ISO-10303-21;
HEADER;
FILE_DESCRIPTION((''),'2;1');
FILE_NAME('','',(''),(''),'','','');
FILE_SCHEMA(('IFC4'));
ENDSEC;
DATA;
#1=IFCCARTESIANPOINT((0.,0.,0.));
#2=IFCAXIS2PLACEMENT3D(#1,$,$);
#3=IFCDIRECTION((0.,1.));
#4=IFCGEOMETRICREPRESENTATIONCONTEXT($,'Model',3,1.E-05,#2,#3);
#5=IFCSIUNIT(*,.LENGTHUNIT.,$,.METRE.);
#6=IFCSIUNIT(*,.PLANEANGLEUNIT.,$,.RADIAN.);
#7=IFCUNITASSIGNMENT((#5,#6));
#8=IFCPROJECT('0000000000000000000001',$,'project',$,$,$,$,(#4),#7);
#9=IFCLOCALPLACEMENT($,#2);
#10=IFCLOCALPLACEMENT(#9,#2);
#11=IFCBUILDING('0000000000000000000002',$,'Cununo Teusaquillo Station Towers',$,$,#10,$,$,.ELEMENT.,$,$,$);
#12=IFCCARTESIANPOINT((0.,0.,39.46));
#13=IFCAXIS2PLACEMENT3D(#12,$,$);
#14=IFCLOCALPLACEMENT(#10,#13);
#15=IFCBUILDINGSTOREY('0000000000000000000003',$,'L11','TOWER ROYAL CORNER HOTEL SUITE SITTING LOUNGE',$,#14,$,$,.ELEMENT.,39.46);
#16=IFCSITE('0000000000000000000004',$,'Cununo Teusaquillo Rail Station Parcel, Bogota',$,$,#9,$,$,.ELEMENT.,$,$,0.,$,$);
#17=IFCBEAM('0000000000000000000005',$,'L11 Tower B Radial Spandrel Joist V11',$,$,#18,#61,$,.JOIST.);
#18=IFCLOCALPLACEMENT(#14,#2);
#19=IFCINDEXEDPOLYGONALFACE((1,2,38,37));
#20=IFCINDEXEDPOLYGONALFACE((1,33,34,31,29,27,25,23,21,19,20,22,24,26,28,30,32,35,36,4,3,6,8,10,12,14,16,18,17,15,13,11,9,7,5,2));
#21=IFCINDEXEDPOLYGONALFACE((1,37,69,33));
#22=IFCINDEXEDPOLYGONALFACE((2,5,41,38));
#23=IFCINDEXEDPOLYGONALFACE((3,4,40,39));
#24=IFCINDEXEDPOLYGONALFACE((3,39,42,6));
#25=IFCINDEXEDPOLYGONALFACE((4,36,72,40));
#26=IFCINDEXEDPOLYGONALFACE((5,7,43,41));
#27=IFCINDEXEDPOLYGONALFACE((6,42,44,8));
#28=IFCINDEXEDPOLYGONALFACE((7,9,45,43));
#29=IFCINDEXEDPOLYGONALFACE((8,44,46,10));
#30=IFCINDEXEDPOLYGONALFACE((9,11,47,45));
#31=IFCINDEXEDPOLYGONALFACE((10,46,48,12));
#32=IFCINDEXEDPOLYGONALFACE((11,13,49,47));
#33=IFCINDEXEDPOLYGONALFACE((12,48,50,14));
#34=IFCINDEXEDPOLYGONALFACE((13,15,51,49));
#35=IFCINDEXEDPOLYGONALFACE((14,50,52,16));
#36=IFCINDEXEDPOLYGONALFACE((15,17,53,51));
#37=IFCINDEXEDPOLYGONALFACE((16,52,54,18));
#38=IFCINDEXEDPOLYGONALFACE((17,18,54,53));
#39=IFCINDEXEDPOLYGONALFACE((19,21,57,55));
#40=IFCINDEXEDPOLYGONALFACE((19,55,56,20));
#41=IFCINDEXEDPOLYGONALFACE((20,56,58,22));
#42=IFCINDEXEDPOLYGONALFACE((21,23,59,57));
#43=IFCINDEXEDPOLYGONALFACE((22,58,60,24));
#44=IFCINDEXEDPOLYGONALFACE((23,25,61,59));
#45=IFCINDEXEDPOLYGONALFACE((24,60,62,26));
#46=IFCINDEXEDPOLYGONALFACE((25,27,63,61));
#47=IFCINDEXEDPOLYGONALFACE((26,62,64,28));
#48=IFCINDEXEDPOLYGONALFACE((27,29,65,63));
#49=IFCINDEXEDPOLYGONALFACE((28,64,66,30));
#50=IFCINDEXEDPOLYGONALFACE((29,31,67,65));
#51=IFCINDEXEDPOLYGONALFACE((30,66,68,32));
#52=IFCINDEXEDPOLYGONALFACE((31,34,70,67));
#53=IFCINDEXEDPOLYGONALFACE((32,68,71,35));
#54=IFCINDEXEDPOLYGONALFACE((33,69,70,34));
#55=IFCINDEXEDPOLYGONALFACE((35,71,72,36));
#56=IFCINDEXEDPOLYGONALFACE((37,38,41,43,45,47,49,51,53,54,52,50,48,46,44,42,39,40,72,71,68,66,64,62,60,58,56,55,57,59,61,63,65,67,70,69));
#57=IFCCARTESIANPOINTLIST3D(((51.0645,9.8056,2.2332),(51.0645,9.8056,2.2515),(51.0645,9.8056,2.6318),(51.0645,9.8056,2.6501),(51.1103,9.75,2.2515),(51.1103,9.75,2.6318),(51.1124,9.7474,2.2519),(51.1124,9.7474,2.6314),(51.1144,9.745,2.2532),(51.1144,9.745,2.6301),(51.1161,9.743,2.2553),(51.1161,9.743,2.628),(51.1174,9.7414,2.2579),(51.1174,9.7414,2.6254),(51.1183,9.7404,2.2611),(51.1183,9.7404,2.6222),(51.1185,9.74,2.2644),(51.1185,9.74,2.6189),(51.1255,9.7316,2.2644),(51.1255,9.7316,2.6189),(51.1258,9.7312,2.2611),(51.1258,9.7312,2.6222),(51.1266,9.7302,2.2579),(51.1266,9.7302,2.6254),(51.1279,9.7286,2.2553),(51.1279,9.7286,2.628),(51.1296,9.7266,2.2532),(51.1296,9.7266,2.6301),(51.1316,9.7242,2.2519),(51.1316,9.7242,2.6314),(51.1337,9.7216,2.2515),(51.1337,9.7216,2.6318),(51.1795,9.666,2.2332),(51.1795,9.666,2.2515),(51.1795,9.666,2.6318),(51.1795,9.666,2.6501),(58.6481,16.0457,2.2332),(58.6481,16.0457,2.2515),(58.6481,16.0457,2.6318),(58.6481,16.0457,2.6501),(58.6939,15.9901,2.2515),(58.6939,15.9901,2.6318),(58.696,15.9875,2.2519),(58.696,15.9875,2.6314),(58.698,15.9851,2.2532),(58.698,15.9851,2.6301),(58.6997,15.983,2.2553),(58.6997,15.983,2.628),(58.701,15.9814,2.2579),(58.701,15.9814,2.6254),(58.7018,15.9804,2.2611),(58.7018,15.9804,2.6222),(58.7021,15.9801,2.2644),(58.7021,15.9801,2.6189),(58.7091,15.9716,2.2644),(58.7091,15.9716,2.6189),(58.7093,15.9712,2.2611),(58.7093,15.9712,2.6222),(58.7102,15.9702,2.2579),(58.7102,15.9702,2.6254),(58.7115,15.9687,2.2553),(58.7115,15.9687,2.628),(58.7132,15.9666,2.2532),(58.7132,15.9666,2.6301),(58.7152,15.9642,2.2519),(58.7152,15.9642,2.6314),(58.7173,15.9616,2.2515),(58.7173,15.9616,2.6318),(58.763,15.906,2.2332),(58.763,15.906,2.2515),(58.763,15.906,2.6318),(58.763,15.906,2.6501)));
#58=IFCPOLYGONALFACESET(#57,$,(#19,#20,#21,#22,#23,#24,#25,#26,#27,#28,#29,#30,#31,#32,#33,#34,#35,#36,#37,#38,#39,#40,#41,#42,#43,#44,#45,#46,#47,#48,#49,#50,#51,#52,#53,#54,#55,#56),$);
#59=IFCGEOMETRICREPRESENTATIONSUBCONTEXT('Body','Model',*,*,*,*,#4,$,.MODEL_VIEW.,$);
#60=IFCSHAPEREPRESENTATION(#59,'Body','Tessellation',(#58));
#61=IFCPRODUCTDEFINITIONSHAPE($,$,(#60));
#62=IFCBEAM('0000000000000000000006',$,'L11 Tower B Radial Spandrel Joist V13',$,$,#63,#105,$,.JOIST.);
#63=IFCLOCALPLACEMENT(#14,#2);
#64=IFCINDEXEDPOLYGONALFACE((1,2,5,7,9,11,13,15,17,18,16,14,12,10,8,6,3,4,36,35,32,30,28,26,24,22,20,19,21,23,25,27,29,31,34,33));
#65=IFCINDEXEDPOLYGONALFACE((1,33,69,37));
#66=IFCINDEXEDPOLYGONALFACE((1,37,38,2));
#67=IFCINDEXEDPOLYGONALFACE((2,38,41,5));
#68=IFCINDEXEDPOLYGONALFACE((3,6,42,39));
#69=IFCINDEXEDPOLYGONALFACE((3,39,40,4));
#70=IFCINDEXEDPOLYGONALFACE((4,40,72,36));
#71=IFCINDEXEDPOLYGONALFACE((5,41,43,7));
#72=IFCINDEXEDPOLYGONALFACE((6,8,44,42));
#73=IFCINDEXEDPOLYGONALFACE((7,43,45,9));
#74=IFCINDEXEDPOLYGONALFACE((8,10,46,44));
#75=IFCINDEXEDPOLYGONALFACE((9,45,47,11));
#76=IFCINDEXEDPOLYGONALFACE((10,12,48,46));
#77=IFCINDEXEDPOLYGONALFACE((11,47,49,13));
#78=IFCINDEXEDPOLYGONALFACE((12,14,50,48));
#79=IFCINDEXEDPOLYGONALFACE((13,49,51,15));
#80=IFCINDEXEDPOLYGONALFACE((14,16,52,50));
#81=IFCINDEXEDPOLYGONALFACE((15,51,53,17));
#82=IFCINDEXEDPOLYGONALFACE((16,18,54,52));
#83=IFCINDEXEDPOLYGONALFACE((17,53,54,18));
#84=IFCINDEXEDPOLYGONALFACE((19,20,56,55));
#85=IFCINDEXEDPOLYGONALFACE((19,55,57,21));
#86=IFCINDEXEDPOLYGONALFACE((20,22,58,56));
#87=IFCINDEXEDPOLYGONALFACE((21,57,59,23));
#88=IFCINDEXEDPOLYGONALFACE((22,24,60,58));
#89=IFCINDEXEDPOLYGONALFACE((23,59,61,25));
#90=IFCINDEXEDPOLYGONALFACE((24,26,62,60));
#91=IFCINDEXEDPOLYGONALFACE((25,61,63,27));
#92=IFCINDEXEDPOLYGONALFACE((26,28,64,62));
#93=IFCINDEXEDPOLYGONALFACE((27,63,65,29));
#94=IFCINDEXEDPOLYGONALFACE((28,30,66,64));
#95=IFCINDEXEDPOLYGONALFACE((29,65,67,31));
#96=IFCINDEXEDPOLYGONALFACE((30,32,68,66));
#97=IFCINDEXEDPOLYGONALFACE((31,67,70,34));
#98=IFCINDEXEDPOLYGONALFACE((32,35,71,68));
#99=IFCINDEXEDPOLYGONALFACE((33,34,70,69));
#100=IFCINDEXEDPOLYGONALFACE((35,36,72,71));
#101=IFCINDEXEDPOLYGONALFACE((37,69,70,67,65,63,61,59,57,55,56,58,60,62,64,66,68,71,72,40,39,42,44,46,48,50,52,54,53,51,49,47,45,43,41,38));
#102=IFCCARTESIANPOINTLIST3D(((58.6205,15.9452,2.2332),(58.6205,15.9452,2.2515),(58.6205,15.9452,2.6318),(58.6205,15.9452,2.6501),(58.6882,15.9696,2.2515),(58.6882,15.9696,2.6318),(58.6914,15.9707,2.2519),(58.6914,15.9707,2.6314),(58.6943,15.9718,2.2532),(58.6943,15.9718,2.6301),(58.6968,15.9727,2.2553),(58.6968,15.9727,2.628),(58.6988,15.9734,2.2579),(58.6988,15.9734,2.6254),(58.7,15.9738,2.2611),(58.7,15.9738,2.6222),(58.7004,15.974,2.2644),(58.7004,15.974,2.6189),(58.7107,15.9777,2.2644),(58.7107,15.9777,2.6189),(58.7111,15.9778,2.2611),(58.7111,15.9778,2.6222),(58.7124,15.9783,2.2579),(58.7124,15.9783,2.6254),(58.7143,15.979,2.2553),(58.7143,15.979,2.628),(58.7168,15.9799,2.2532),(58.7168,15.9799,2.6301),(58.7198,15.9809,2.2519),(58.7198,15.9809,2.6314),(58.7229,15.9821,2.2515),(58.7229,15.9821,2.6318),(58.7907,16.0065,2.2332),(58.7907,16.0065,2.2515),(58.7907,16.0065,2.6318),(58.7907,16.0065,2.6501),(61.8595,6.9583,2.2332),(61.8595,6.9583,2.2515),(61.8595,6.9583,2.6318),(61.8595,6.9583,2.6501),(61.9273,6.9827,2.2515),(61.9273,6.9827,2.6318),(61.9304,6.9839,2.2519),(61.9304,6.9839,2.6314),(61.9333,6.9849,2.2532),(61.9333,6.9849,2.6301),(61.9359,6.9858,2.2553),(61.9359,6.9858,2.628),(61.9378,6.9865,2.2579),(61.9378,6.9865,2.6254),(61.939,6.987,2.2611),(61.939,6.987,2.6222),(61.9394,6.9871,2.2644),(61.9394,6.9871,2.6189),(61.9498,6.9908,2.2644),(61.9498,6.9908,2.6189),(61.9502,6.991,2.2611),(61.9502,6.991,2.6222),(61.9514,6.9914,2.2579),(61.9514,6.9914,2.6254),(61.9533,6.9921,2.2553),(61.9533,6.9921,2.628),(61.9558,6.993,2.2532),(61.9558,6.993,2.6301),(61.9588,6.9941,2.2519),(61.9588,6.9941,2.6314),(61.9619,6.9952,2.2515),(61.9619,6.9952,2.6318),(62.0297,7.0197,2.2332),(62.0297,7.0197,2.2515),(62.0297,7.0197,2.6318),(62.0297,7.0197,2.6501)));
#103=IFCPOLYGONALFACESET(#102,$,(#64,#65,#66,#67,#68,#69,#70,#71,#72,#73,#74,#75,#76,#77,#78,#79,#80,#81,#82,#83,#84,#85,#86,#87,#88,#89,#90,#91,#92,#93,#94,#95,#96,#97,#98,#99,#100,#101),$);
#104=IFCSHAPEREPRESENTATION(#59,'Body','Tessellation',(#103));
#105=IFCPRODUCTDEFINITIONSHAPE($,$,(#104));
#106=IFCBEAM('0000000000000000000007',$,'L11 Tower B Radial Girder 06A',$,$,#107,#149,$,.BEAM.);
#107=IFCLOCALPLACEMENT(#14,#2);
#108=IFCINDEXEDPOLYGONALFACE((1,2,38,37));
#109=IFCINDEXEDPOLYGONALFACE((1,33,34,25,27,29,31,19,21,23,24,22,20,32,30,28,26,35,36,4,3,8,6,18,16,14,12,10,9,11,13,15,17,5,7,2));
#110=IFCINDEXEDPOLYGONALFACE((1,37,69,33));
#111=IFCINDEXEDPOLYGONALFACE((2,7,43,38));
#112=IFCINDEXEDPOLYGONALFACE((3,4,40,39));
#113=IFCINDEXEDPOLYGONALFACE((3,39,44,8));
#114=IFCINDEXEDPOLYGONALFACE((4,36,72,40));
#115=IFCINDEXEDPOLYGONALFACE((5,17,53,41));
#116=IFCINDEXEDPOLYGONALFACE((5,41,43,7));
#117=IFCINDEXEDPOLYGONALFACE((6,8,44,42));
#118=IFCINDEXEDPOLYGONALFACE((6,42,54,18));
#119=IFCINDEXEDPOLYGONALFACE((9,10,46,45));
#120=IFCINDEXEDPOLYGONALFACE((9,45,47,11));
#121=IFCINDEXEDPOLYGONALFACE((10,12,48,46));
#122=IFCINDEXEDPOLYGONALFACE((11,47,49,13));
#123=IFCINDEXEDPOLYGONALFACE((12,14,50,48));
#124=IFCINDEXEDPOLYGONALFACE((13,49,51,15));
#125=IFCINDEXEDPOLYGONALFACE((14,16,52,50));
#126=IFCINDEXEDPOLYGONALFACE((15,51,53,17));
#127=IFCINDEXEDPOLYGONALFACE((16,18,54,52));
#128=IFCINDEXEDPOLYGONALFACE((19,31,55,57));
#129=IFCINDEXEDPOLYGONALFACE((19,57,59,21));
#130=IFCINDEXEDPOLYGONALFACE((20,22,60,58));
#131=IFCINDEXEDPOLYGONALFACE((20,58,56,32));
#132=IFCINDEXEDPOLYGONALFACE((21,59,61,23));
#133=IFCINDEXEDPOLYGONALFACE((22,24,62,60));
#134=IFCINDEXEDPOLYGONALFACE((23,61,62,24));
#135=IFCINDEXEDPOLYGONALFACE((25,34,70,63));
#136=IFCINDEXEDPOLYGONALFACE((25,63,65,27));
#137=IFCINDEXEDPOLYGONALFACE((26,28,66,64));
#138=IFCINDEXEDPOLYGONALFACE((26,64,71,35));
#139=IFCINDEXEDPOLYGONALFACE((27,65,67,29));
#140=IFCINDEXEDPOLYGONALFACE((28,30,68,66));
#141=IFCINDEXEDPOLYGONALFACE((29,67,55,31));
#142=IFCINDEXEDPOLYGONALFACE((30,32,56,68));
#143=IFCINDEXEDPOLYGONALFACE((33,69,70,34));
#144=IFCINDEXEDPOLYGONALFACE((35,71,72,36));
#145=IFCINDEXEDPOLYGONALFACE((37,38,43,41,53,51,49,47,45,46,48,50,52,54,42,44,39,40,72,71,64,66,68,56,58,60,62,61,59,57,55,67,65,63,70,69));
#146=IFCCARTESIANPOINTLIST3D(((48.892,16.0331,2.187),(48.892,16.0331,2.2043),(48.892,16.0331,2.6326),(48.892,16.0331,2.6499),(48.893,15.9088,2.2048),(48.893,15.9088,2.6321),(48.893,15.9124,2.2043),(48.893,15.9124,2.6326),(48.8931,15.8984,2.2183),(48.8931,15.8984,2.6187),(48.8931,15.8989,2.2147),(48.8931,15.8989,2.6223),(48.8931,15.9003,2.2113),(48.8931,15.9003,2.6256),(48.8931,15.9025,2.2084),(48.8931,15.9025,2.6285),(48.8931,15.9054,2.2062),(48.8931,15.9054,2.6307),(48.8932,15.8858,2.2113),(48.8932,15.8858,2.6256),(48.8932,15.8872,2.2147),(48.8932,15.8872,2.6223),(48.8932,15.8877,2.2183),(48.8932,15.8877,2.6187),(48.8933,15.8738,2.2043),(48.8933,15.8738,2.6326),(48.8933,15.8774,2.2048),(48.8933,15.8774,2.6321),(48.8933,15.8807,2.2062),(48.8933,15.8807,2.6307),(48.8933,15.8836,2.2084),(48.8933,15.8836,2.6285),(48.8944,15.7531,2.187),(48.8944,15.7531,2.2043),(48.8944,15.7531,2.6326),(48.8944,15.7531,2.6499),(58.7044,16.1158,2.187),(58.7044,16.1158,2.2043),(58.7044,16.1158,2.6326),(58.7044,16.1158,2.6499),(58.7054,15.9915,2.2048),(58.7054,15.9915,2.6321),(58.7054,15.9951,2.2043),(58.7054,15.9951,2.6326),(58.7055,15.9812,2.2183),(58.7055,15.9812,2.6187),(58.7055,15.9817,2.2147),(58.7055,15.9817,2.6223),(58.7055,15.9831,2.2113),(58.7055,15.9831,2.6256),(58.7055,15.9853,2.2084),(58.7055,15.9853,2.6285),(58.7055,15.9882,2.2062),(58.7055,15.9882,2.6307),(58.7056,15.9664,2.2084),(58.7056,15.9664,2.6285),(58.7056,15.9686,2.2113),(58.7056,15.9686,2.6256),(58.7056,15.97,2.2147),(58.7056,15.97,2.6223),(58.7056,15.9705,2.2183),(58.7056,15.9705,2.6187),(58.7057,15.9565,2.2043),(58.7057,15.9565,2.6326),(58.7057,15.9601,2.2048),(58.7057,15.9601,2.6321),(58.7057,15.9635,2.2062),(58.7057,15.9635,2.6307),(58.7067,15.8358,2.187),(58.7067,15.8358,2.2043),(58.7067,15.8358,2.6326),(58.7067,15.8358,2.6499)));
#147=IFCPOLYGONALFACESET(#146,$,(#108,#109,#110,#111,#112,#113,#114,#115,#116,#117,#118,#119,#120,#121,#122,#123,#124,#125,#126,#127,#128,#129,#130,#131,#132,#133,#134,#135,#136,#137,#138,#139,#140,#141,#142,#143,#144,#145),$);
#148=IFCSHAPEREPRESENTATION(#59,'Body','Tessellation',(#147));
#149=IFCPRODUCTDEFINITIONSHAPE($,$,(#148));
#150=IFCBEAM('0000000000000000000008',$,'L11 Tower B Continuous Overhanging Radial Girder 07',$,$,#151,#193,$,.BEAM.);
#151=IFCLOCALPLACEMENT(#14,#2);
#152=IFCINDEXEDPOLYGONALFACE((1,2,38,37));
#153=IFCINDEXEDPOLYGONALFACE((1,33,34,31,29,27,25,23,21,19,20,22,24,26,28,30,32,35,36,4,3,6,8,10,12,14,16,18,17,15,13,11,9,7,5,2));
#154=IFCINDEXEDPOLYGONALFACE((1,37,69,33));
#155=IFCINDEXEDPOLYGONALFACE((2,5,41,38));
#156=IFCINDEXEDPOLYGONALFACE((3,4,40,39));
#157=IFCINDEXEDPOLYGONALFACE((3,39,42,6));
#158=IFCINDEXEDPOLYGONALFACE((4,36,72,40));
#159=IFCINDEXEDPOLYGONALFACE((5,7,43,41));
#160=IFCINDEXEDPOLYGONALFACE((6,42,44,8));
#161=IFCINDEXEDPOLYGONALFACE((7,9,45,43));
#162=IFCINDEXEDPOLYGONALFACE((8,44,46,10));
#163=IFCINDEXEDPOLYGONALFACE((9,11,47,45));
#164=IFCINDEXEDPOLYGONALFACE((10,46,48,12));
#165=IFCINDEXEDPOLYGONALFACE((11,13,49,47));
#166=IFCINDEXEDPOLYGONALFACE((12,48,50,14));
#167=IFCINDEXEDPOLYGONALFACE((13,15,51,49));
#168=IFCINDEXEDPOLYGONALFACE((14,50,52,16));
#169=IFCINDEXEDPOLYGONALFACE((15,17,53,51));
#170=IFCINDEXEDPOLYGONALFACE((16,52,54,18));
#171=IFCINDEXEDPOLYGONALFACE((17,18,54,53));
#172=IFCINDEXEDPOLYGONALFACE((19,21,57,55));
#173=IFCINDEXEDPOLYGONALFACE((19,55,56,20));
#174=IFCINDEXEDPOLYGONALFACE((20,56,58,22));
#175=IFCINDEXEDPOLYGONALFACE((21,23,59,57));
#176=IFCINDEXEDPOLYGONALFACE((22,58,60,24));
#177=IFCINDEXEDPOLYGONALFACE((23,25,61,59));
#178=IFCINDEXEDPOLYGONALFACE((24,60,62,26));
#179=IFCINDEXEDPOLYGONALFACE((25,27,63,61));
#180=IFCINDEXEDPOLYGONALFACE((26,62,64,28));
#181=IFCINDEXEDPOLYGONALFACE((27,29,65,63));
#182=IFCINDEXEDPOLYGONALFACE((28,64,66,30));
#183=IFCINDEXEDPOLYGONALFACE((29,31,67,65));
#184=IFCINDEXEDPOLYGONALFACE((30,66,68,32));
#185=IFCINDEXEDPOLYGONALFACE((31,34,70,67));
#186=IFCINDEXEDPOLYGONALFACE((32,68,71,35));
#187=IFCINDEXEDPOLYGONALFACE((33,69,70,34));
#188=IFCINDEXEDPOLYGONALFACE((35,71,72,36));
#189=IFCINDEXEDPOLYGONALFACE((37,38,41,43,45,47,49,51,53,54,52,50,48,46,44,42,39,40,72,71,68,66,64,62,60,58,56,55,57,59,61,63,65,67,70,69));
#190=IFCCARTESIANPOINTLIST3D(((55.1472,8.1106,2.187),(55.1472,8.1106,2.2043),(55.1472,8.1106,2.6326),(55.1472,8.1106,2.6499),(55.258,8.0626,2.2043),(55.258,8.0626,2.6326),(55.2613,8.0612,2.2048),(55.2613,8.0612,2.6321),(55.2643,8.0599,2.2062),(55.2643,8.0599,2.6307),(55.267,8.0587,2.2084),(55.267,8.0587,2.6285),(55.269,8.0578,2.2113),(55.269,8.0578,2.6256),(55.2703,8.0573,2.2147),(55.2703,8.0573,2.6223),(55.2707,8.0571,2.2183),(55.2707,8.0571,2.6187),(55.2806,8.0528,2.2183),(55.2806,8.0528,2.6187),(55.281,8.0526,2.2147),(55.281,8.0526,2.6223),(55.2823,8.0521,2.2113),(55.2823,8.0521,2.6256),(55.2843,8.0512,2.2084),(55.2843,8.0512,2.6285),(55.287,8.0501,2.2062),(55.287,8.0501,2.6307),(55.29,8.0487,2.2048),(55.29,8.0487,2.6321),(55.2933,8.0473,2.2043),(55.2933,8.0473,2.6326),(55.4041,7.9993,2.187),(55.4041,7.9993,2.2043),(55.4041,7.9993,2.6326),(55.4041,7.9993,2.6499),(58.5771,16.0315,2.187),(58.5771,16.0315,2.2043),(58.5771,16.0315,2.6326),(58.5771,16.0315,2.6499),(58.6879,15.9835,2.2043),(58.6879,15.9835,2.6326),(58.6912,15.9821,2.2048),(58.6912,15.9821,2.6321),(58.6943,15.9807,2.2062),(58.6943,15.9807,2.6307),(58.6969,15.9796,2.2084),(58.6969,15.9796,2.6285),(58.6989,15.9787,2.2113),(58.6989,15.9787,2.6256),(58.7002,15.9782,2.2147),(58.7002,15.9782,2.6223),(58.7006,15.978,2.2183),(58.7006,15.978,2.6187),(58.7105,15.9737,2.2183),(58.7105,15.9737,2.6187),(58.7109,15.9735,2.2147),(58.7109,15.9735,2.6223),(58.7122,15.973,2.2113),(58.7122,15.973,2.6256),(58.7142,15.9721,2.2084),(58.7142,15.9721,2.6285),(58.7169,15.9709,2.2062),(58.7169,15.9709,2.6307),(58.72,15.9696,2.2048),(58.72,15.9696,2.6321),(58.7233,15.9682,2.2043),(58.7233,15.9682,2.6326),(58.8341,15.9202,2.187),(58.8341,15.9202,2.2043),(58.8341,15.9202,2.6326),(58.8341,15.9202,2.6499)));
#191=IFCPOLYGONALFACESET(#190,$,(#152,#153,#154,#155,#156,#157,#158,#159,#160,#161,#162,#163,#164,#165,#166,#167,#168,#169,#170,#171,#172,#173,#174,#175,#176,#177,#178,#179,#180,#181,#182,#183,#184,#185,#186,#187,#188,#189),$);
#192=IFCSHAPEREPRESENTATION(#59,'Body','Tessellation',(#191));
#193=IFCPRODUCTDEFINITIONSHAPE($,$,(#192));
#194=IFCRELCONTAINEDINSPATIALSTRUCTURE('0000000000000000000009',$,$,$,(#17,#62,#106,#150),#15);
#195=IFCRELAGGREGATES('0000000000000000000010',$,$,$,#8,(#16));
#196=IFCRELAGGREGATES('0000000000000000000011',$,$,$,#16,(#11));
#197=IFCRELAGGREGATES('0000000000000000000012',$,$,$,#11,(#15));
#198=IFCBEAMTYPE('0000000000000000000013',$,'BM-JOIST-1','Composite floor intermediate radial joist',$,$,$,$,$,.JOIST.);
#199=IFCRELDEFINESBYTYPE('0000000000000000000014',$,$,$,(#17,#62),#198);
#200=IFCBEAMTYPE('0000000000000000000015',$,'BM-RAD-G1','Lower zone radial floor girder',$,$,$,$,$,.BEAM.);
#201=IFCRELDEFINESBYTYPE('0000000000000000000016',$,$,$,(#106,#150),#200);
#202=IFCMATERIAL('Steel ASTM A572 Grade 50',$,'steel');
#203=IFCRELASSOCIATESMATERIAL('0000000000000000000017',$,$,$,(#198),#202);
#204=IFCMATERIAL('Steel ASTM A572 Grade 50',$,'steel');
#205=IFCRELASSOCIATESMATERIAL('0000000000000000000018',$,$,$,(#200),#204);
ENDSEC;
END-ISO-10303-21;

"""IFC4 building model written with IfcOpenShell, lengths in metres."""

from ifc_helpers import new_model, si_unit, direction, frame, origin, origin_2d, place, context, subcontext, project, spatial, i_section, extrude, material, material_profile, profile_set, type_object, element, save


model = new_model("IFC4")

# Units and contexts
model_context = context("Model", 3, precision=1e-05, world=origin(), true_north=direction((0.0, 1.0)))
body_context = subcontext(model_context, "Body", "Model", "MODEL_VIEW")
ifc_project = project(units=[si_unit("LENGTHUNIT", "METRE"), si_unit("PLANEANGLEUNIT", "RADIAN")], contexts=[model_context])

# Site, building, storey
site_placement = place(None, origin())
site = spatial("IfcSite", under=ifc_project, at=site_placement, Name="Cununo Teusaquillo Rail Station Parcel, Bogota", CompositionType="ELEMENT", RefElevation=0.0)
building_placement = place(site_placement, origin())
building = spatial("IfcBuilding", under=site, at=building_placement, Name="Cununo Teusaquillo Station Towers", CompositionType="ELEMENT")
storey_placement = place(building_placement, frame((0.0, 0.0, 39.46)))
storey = spatial("IfcBuildingStorey", under=building, at=storey_placement, Name="L11", Description="TOWER ROYAL CORNER HOTEL SUITE SITTING LOUNGE", CompositionType="ELEMENT", Elevation=39.46)

# Beams
ifc_material_1 = material(Name="Steel ASTM A572 Grade 50", Category="steel")
ifc_material_profile_1 = material_profile(ifc_material_1, i_section(OverallWidth=0.1809, OverallDepth=0.417, WebThickness=0.011, FlangeThickness=0.0183, FilletRadius=0.0129, at=origin_2d()), Name="W16X57")
ifc_profile_set_1 = profile_set([ifc_material_profile_1], Name="Steel ASTM A572 Grade 50")
beam_type_1 = type_object("IfcBeamType", Name="BM-JOIST-1", Description="Composite floor intermediate radial joist", PredefinedType="JOIST", material=ifc_profile_set_1)
beam_1_placement = place(storey_placement, frame((58.7056, 15.9758, 2.4417), z_axis=(-0.772192, -0.635389, 0.0), x_axis=(0.635389, -0.772192, 0.0)))
element("IfcBeam", 1, at=beam_1_placement, inside=storey, type_object=beam_type_1, Name="L11 Tower B Radial Spandrel Joist V11", PredefinedType="JOIST", context=body_context, shape_type="SweptSolid", body=[
    extrude(i_section(OverallWidth=0.1809, OverallDepth=0.417, WebThickness=0.011, FlangeThickness=0.0183, FilletRadius=0.0129, at=origin_2d()), origin(), (0.0, 0.0, 1.0), 9.8208),
])
beam_2_placement = place(storey_placement, frame((58.7056, 15.9758, 2.4417), z_axis=(0.339068, -0.940762, 0.0), x_axis=(0.940762, 0.339068, 0.0)))
element("IfcBeam", 2, at=beam_2_placement, inside=storey, type_object=beam_type_1, Name="L11 Tower B Radial Spandrel Joist V13", PredefinedType="JOIST", context=body_context, shape_type="SweptSolid", body=[
    extrude(i_section(OverallWidth=0.1809, OverallDepth=0.417, WebThickness=0.011, FlangeThickness=0.0183, FilletRadius=0.0129, at=origin_2d()), origin(), (0.0, 0.0, 1.0), 9.5527),
])
ifc_material_2 = material(Name="Steel ASTM A572 Grade 50", Category="steel")
ifc_material_profile_2 = material_profile(ifc_material_2, i_section(OverallWidth=0.28, OverallDepth=0.4629, WebThickness=0.0107, FlangeThickness=0.0173, FilletRadius=0.0139, at=origin_2d()), Name="W18X76")
ifc_profile_set_2 = profile_set([ifc_material_profile_2], Name="Steel ASTM A572 Grade 50")
beam_type_2 = type_object("IfcBeamType", Name="BM-RAD-G1", Description="Lower zone radial floor girder", PredefinedType="BEAM", material=ifc_profile_set_2)
beam_3_placement = place(storey_placement, frame((58.7056, 15.9758, 2.4185), z_axis=(-0.999964, -0.008434, 0.0), x_axis=(0.008434, -0.999964, 0.0)))
element("IfcBeam", 3, at=beam_3_placement, inside=storey, type_object=beam_type_2, Name="L11 Tower B Radial Girder 06A", PredefinedType="BEAM", context=body_context, shape_type="SweptSolid", body=[
    extrude(i_section(OverallWidth=0.28, OverallDepth=0.4629, WebThickness=0.0107, FlangeThickness=0.0173, FilletRadius=0.0139, at=origin_2d()), origin(), (0.0, 0.0, 1.0), 9.8127),
])
beam_4_placement = place(storey_placement, frame((58.7056, 15.9758, 2.4185), z_axis=(-0.397368, -0.917659, 0.0), x_axis=(0.917659, -0.397368, 0.0)))
element("IfcBeam", 4, at=beam_4_placement, inside=storey, type_object=beam_type_2, Name="L11 Tower B Continuous Overhanging Radial Girder 07", PredefinedType="BEAM", context=body_context, shape_type="SweptSolid", body=[
    extrude(i_section(OverallWidth=0.28, OverallDepth=0.4629, WebThickness=0.0107, FlangeThickness=0.0173, FilletRadius=0.0139, at=origin_2d()), origin(), (0.0, 0.0, 1.0), 8.6316),
])

save(model, "model.ifc")
